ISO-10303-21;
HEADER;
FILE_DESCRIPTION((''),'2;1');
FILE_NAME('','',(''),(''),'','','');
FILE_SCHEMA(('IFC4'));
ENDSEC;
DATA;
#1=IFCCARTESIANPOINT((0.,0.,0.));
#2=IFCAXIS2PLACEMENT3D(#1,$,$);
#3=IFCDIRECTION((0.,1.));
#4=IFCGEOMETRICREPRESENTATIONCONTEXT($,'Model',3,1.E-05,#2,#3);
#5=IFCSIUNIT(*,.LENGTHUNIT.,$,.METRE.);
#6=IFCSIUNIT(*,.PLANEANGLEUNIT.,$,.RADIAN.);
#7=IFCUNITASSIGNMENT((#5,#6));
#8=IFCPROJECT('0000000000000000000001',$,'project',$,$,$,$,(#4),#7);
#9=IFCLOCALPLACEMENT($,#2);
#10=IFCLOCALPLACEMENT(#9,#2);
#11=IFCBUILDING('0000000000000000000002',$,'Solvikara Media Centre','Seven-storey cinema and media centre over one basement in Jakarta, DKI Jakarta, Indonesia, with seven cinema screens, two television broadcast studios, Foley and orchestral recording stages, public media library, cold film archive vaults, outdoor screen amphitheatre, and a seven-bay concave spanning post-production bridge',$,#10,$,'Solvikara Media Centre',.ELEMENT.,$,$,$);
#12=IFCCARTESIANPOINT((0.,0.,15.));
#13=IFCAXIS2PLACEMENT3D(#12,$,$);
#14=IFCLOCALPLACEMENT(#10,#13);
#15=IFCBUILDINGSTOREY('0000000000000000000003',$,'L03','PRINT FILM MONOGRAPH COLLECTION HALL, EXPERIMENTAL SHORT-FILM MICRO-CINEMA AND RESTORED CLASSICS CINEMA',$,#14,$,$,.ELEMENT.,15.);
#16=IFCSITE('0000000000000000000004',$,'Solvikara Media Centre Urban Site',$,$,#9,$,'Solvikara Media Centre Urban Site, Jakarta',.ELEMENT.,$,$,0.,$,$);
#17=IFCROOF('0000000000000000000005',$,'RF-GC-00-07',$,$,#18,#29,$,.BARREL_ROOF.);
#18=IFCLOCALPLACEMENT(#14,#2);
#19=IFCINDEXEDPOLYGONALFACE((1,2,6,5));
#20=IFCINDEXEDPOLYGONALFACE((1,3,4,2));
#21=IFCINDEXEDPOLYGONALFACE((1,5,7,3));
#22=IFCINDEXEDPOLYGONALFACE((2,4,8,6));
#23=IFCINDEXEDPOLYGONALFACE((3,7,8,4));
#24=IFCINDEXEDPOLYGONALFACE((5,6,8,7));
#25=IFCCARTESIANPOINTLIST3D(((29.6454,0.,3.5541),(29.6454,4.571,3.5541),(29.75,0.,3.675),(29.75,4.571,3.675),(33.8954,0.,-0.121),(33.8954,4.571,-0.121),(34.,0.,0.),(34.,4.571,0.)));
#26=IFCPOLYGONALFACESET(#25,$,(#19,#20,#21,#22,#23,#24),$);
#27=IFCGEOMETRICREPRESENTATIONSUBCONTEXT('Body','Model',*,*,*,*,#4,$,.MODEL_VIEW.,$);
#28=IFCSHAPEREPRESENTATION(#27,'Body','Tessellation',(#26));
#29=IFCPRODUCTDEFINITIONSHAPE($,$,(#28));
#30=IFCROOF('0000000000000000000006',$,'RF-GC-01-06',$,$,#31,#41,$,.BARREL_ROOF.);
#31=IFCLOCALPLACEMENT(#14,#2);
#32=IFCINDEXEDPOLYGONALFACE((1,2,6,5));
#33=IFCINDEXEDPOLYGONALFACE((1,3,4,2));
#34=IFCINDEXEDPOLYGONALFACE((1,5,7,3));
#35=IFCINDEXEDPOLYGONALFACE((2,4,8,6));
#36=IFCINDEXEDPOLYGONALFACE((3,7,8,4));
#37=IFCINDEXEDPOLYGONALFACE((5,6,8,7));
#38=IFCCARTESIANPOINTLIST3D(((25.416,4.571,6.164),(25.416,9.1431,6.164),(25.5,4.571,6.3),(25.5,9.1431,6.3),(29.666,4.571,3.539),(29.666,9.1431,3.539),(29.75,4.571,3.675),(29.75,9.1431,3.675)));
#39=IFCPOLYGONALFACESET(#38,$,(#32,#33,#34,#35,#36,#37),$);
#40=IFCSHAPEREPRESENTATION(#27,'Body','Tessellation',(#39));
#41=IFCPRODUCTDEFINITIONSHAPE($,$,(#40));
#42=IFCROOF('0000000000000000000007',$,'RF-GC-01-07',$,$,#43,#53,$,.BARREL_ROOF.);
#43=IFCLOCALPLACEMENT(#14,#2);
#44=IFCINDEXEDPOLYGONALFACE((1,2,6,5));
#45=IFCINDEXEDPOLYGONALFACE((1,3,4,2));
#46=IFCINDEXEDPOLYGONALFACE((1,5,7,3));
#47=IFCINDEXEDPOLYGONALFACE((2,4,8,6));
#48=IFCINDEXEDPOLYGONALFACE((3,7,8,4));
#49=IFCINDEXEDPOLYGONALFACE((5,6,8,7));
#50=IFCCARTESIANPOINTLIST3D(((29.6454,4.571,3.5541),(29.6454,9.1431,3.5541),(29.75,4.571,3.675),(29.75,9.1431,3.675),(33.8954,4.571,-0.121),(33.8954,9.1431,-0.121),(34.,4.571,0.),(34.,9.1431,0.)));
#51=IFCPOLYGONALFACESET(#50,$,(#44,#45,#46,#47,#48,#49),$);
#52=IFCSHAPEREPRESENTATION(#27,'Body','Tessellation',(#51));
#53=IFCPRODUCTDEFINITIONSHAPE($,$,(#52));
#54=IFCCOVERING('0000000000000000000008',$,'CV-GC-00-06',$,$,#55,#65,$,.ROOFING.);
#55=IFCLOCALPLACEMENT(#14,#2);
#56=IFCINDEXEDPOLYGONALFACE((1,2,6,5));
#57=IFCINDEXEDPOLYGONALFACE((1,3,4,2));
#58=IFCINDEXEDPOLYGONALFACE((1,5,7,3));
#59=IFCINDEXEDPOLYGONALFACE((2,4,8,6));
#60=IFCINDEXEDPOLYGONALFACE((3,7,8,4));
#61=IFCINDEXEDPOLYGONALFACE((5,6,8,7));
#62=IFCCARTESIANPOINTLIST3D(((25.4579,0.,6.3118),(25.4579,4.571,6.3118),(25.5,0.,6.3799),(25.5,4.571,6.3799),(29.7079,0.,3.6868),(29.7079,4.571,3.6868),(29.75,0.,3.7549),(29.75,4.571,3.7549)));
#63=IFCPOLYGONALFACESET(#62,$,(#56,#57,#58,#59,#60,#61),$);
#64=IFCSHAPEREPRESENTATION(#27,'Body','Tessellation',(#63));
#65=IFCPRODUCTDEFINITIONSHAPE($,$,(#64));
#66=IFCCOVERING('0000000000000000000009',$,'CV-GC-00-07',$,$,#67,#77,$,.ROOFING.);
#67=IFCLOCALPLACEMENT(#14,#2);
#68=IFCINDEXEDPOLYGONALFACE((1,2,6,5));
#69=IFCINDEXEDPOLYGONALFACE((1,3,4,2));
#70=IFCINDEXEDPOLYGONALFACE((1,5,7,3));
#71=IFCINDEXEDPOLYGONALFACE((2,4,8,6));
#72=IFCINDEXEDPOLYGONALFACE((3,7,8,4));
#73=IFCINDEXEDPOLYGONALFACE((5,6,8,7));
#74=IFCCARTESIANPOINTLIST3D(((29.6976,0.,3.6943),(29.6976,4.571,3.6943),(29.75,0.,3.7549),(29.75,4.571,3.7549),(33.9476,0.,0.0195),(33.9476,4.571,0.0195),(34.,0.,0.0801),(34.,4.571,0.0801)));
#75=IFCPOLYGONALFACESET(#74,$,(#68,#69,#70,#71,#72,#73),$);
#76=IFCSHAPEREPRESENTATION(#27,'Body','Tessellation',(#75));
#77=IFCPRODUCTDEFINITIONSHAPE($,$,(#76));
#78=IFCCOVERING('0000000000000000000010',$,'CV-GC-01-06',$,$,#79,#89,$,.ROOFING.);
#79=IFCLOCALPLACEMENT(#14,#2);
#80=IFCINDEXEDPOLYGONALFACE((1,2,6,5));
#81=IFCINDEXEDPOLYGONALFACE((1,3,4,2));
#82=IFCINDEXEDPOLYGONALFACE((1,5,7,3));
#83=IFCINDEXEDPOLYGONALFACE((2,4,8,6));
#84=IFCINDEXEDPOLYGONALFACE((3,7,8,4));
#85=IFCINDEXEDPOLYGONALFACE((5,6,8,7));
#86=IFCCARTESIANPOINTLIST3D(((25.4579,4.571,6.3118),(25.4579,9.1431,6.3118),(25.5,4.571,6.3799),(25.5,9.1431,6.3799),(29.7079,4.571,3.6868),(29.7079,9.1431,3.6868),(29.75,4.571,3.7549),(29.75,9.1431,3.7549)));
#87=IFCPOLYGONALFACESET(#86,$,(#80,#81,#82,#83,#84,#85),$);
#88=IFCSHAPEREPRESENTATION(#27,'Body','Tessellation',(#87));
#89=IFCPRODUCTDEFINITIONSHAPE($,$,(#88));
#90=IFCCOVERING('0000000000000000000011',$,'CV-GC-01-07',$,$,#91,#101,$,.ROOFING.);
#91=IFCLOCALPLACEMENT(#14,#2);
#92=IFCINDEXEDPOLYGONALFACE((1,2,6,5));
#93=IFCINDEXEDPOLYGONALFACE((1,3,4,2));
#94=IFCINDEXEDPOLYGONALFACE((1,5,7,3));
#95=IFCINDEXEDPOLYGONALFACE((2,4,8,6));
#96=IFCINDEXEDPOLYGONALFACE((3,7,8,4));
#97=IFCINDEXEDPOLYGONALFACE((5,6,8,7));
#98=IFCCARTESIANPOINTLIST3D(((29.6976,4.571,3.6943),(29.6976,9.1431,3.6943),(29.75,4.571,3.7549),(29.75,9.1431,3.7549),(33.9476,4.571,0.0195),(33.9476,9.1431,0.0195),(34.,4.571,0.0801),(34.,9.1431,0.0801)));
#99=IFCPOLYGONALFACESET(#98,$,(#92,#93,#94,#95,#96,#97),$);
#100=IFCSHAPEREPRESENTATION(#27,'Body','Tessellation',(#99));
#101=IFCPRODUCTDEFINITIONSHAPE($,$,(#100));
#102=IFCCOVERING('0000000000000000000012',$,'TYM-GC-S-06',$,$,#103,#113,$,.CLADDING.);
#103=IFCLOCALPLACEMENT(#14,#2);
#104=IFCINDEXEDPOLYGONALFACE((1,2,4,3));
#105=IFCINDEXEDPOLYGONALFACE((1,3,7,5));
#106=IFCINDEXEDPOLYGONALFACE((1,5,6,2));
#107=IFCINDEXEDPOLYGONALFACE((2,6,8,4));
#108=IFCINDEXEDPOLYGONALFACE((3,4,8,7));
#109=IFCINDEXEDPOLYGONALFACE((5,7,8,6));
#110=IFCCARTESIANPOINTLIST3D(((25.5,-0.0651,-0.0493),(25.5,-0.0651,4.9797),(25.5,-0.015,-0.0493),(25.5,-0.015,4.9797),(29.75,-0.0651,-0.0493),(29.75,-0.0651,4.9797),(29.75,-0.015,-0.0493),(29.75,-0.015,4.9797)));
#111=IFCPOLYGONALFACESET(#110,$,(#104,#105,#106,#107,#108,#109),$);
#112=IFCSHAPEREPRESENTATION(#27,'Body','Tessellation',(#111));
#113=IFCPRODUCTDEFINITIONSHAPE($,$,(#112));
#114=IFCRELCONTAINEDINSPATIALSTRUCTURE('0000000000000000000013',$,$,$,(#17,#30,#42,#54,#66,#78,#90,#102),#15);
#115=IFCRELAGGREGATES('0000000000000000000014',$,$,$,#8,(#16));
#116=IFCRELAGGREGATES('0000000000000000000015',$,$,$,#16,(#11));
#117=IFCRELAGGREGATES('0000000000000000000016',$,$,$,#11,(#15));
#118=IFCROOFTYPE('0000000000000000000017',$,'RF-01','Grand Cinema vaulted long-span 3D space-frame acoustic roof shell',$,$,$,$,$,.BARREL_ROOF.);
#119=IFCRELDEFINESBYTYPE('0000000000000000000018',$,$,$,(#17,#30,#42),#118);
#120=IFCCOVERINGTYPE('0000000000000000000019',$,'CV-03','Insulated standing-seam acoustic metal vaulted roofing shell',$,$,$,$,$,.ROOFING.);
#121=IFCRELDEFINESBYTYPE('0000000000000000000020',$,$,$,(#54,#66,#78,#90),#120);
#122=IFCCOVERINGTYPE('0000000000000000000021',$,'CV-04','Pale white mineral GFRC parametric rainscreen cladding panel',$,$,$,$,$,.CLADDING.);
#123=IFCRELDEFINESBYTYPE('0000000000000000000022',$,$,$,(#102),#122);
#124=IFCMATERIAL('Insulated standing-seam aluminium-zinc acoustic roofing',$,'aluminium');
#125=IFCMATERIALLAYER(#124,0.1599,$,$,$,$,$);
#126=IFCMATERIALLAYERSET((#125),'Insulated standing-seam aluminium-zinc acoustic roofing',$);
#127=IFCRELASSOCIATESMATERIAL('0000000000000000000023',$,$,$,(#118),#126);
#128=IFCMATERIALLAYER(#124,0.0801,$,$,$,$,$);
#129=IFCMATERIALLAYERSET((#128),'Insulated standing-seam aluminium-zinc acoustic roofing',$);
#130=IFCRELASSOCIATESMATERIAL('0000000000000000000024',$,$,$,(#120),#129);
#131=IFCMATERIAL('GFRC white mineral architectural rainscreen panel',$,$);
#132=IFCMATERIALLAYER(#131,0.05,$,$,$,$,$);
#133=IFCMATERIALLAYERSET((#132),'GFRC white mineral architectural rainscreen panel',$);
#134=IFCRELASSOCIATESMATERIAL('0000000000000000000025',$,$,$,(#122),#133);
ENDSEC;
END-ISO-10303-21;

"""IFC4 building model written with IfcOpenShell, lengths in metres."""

from ifc_helpers import new_model, si_unit, direction, frame, origin, origin_2d, place, context, subcontext, project, spatial, polyline, rectangle, outline, extrude, material, layer, layer_set, type_object, element, save


model = new_model("IFC4")

# Units and contexts
model_context = context("Model", 3, precision=1e-05, world=origin(), true_north=direction((0.0, 1.0)))
body_context = subcontext(model_context, "Body", "Model", "MODEL_VIEW")
ifc_project = project(units=[si_unit("LENGTHUNIT", "METRE"), si_unit("PLANEANGLEUNIT", "RADIAN")], contexts=[model_context])

# Site, building, storey
site_placement = place(None, origin())
site = spatial("IfcSite", under=ifc_project, at=site_placement, Name="Solvikara Media Centre Urban Site", LongName="Solvikara Media Centre Urban Site, Jakarta", CompositionType="ELEMENT", RefElevation=0.0)
building_placement = place(site_placement, origin())
building = spatial("IfcBuilding", under=site, at=building_placement, Name="Solvikara Media Centre", Description="Seven-storey cinema and media centre over one basement in Jakarta, DKI Jakarta, Indonesia, with seven cinema screens, two television broadcast studios, Foley and orchestral recording stages, public media library, cold film archive vaults, outdoor screen amphitheatre, and a seven-bay concave spanning post-production bridge", LongName="Solvikara Media Centre", CompositionType="ELEMENT")
storey_placement = place(building_placement, frame((0.0, 0.0, 15.0)))
storey = spatial("IfcBuildingStorey", under=building, at=storey_placement, Name="L03", Description="PRINT FILM MONOGRAPH COLLECTION HALL, EXPERIMENTAL SHORT-FILM MICRO-CINEMA AND RESTORED CLASSICS CINEMA", CompositionType="ELEMENT", Elevation=15.0)

# Roofs
ifc_material_1 = material(Name="Insulated standing-seam aluminium-zinc acoustic roofing", Category="aluminium")
ifc_layer_1 = layer(ifc_material_1, 0.1599)
ifc_layer_set_1 = layer_set([ifc_layer_1], Name="Insulated standing-seam aluminium-zinc acoustic roofing")
roof_type = type_object("IfcRoofType", Name="RF-01", Description="Grand Cinema vaulted long-span 3D space-frame acoustic roof shell", PredefinedType="BARREL_ROOF", material=ifc_layer_set_1)
roof_1_placement = place(storey_placement, frame((29.75, 0.0, 3.675), z_axis=(0.654088, 0.0, 0.756418), x_axis=(0.756418, 0.0, -0.654088)))
element("IfcRoof", 1, at=roof_1_placement, inside=storey, type_object=roof_type, Name="RF-GC-00-07", PredefinedType="BARREL_ROOF", context=body_context, shape_type="SweptSolid", body=[
    extrude(outline(polyline([(0.0, 0.0), (5.6186, 0.0), (5.6186, 4.571), (0.0, 4.571), (0.0, 0.0)])), origin(), (0.0, 0.0, -1.0), 0.1599),
])
roof_2_placement = place(storey_placement, frame((25.5, 4.571, 6.3), z_axis=(0.525493, 0.0, 0.850798), x_axis=(0.850798, 0.0, -0.525493)))
element("IfcRoof", 2, at=roof_2_placement, inside=storey, type_object=roof_type, Name="RF-GC-01-06", PredefinedType="BARREL_ROOF", context=body_context, shape_type="SweptSolid", body=[
    extrude(outline(polyline([(0.0, 0.0), (4.9953, 0.0), (4.9953, 4.572), (0.0, 4.572), (0.0, 0.0)])), origin(), (0.0, 0.0, -1.0), 0.1599),
])
roof_3_placement = place(storey_placement, frame((29.75, 4.571, 3.675), z_axis=(0.654088, 0.0, 0.756418), x_axis=(0.756418, 0.0, -0.654088)))
element("IfcRoof", 3, at=roof_3_placement, inside=storey, type_object=roof_type, Name="RF-GC-01-07", PredefinedType="BARREL_ROOF", context=body_context, shape_type="SweptSolid", body=[
    extrude(outline(polyline([(0.0, 0.0), (5.6186, 0.0), (5.6186, 4.572), (0.0, 4.572), (0.0, 0.0)])), origin(), (0.0, 0.0, -1.0), 0.1599),
])

# Coverings
ifc_layer_2 = layer(ifc_material_1, 0.0801)
ifc_layer_set_2 = layer_set([ifc_layer_2], Name="Insulated standing-seam aluminium-zinc acoustic roofing")
covering_type_1 = type_object("IfcCoveringType", Name="CV-03", Description="Insulated standing-seam acoustic metal vaulted roofing shell", PredefinedType="ROOFING", material=ifc_layer_set_2)
covering_1_placement = place(storey_placement, frame((25.5, 0.0, 6.3799), z_axis=(0.525493, 0.0, 0.850798), x_axis=(0.850798, 0.0, -0.525493)))
element("IfcCovering", 4, at=covering_1_placement, inside=storey, type_object=covering_type_1, Name="CV-GC-00-06", PredefinedType="ROOFING", context=body_context, shape_type="SweptSolid", body=[
    extrude(outline(polyline([(0.0, 0.0), (4.9953, 0.0), (4.9953, 4.571), (0.0, 4.571), (0.0, 0.0)])), origin(), (0.0, 0.0, -1.0), 0.0801),
])
covering_2_placement = place(storey_placement, frame((29.75, 0.0, 3.7549), z_axis=(0.654063, 0.0, 0.75644), x_axis=(0.75644, 0.0, -0.654063)))
element("IfcCovering", 5, at=covering_2_placement, inside=storey, type_object=covering_type_1, Name="CV-GC-00-07", PredefinedType="ROOFING", context=body_context, shape_type="SweptSolid", body=[
    extrude(outline(polyline([(0.0, 0.0), (5.6184, 0.0), (5.6184, 4.571), (0.0, 4.571), (0.0, 0.0)])), origin(), (0.0, 0.0, -1.0), 0.0801),
])
covering_3_placement = place(storey_placement, frame((25.5, 4.571, 6.3799), z_axis=(0.525493, 0.0, 0.850798), x_axis=(0.850798, 0.0, -0.525493)))
element("IfcCovering", 6, at=covering_3_placement, inside=storey, type_object=covering_type_1, Name="CV-GC-01-06", PredefinedType="ROOFING", context=body_context, shape_type="SweptSolid", body=[
    extrude(outline(polyline([(0.0, 0.0), (4.9953, 0.0), (4.9953, 4.572), (0.0, 4.572), (0.0, 0.0)])), origin(), (0.0, 0.0, -1.0), 0.0801),
])
covering_4_placement = place(storey_placement, frame((29.75, 4.571, 3.7549), z_axis=(0.654063, 0.0, 0.75644), x_axis=(0.75644, 0.0, -0.654063)))
element("IfcCovering", 7, at=covering_4_placement, inside=storey, type_object=covering_type_1, Name="CV-GC-01-07", PredefinedType="ROOFING", context=body_context, shape_type="SweptSolid", body=[
    extrude(outline(polyline([(0.0, 0.0), (5.6184, 0.0), (5.6184, 4.572), (0.0, 4.572), (0.0, 0.0)])), origin(), (0.0, 0.0, -1.0), 0.0801),
])
ifc_material_2 = material(Name="GFRC white mineral architectural rainscreen panel")
ifc_layer_3 = layer(ifc_material_2, 0.05)
ifc_layer_set_3 = layer_set([ifc_layer_3], Name="GFRC white mineral architectural rainscreen panel")
covering_type_2 = type_object("IfcCoveringType", Name="CV-04", Description="Pale white mineral GFRC parametric rainscreen cladding panel", PredefinedType="CLADDING", material=ifc_layer_set_3)
covering_5_placement = place(storey_placement, frame((27.625, -0.04, -0.0493), z_axis=(0.0, 0.0, 1.0), x_axis=(1.0, 0.0, 0.0)))
element("IfcCovering", 8, at=covering_5_placement, inside=storey, type_object=covering_type_2, Name="TYM-GC-S-06", PredefinedType="CLADDING", context=body_context, shape_type="SweptSolid", body=[
    extrude(rectangle(XDim=4.25, YDim=0.05, at=origin_2d()), origin(), (0.0, 0.0, 1.0), 5.0291),
])

save(model, "model.ifc")
